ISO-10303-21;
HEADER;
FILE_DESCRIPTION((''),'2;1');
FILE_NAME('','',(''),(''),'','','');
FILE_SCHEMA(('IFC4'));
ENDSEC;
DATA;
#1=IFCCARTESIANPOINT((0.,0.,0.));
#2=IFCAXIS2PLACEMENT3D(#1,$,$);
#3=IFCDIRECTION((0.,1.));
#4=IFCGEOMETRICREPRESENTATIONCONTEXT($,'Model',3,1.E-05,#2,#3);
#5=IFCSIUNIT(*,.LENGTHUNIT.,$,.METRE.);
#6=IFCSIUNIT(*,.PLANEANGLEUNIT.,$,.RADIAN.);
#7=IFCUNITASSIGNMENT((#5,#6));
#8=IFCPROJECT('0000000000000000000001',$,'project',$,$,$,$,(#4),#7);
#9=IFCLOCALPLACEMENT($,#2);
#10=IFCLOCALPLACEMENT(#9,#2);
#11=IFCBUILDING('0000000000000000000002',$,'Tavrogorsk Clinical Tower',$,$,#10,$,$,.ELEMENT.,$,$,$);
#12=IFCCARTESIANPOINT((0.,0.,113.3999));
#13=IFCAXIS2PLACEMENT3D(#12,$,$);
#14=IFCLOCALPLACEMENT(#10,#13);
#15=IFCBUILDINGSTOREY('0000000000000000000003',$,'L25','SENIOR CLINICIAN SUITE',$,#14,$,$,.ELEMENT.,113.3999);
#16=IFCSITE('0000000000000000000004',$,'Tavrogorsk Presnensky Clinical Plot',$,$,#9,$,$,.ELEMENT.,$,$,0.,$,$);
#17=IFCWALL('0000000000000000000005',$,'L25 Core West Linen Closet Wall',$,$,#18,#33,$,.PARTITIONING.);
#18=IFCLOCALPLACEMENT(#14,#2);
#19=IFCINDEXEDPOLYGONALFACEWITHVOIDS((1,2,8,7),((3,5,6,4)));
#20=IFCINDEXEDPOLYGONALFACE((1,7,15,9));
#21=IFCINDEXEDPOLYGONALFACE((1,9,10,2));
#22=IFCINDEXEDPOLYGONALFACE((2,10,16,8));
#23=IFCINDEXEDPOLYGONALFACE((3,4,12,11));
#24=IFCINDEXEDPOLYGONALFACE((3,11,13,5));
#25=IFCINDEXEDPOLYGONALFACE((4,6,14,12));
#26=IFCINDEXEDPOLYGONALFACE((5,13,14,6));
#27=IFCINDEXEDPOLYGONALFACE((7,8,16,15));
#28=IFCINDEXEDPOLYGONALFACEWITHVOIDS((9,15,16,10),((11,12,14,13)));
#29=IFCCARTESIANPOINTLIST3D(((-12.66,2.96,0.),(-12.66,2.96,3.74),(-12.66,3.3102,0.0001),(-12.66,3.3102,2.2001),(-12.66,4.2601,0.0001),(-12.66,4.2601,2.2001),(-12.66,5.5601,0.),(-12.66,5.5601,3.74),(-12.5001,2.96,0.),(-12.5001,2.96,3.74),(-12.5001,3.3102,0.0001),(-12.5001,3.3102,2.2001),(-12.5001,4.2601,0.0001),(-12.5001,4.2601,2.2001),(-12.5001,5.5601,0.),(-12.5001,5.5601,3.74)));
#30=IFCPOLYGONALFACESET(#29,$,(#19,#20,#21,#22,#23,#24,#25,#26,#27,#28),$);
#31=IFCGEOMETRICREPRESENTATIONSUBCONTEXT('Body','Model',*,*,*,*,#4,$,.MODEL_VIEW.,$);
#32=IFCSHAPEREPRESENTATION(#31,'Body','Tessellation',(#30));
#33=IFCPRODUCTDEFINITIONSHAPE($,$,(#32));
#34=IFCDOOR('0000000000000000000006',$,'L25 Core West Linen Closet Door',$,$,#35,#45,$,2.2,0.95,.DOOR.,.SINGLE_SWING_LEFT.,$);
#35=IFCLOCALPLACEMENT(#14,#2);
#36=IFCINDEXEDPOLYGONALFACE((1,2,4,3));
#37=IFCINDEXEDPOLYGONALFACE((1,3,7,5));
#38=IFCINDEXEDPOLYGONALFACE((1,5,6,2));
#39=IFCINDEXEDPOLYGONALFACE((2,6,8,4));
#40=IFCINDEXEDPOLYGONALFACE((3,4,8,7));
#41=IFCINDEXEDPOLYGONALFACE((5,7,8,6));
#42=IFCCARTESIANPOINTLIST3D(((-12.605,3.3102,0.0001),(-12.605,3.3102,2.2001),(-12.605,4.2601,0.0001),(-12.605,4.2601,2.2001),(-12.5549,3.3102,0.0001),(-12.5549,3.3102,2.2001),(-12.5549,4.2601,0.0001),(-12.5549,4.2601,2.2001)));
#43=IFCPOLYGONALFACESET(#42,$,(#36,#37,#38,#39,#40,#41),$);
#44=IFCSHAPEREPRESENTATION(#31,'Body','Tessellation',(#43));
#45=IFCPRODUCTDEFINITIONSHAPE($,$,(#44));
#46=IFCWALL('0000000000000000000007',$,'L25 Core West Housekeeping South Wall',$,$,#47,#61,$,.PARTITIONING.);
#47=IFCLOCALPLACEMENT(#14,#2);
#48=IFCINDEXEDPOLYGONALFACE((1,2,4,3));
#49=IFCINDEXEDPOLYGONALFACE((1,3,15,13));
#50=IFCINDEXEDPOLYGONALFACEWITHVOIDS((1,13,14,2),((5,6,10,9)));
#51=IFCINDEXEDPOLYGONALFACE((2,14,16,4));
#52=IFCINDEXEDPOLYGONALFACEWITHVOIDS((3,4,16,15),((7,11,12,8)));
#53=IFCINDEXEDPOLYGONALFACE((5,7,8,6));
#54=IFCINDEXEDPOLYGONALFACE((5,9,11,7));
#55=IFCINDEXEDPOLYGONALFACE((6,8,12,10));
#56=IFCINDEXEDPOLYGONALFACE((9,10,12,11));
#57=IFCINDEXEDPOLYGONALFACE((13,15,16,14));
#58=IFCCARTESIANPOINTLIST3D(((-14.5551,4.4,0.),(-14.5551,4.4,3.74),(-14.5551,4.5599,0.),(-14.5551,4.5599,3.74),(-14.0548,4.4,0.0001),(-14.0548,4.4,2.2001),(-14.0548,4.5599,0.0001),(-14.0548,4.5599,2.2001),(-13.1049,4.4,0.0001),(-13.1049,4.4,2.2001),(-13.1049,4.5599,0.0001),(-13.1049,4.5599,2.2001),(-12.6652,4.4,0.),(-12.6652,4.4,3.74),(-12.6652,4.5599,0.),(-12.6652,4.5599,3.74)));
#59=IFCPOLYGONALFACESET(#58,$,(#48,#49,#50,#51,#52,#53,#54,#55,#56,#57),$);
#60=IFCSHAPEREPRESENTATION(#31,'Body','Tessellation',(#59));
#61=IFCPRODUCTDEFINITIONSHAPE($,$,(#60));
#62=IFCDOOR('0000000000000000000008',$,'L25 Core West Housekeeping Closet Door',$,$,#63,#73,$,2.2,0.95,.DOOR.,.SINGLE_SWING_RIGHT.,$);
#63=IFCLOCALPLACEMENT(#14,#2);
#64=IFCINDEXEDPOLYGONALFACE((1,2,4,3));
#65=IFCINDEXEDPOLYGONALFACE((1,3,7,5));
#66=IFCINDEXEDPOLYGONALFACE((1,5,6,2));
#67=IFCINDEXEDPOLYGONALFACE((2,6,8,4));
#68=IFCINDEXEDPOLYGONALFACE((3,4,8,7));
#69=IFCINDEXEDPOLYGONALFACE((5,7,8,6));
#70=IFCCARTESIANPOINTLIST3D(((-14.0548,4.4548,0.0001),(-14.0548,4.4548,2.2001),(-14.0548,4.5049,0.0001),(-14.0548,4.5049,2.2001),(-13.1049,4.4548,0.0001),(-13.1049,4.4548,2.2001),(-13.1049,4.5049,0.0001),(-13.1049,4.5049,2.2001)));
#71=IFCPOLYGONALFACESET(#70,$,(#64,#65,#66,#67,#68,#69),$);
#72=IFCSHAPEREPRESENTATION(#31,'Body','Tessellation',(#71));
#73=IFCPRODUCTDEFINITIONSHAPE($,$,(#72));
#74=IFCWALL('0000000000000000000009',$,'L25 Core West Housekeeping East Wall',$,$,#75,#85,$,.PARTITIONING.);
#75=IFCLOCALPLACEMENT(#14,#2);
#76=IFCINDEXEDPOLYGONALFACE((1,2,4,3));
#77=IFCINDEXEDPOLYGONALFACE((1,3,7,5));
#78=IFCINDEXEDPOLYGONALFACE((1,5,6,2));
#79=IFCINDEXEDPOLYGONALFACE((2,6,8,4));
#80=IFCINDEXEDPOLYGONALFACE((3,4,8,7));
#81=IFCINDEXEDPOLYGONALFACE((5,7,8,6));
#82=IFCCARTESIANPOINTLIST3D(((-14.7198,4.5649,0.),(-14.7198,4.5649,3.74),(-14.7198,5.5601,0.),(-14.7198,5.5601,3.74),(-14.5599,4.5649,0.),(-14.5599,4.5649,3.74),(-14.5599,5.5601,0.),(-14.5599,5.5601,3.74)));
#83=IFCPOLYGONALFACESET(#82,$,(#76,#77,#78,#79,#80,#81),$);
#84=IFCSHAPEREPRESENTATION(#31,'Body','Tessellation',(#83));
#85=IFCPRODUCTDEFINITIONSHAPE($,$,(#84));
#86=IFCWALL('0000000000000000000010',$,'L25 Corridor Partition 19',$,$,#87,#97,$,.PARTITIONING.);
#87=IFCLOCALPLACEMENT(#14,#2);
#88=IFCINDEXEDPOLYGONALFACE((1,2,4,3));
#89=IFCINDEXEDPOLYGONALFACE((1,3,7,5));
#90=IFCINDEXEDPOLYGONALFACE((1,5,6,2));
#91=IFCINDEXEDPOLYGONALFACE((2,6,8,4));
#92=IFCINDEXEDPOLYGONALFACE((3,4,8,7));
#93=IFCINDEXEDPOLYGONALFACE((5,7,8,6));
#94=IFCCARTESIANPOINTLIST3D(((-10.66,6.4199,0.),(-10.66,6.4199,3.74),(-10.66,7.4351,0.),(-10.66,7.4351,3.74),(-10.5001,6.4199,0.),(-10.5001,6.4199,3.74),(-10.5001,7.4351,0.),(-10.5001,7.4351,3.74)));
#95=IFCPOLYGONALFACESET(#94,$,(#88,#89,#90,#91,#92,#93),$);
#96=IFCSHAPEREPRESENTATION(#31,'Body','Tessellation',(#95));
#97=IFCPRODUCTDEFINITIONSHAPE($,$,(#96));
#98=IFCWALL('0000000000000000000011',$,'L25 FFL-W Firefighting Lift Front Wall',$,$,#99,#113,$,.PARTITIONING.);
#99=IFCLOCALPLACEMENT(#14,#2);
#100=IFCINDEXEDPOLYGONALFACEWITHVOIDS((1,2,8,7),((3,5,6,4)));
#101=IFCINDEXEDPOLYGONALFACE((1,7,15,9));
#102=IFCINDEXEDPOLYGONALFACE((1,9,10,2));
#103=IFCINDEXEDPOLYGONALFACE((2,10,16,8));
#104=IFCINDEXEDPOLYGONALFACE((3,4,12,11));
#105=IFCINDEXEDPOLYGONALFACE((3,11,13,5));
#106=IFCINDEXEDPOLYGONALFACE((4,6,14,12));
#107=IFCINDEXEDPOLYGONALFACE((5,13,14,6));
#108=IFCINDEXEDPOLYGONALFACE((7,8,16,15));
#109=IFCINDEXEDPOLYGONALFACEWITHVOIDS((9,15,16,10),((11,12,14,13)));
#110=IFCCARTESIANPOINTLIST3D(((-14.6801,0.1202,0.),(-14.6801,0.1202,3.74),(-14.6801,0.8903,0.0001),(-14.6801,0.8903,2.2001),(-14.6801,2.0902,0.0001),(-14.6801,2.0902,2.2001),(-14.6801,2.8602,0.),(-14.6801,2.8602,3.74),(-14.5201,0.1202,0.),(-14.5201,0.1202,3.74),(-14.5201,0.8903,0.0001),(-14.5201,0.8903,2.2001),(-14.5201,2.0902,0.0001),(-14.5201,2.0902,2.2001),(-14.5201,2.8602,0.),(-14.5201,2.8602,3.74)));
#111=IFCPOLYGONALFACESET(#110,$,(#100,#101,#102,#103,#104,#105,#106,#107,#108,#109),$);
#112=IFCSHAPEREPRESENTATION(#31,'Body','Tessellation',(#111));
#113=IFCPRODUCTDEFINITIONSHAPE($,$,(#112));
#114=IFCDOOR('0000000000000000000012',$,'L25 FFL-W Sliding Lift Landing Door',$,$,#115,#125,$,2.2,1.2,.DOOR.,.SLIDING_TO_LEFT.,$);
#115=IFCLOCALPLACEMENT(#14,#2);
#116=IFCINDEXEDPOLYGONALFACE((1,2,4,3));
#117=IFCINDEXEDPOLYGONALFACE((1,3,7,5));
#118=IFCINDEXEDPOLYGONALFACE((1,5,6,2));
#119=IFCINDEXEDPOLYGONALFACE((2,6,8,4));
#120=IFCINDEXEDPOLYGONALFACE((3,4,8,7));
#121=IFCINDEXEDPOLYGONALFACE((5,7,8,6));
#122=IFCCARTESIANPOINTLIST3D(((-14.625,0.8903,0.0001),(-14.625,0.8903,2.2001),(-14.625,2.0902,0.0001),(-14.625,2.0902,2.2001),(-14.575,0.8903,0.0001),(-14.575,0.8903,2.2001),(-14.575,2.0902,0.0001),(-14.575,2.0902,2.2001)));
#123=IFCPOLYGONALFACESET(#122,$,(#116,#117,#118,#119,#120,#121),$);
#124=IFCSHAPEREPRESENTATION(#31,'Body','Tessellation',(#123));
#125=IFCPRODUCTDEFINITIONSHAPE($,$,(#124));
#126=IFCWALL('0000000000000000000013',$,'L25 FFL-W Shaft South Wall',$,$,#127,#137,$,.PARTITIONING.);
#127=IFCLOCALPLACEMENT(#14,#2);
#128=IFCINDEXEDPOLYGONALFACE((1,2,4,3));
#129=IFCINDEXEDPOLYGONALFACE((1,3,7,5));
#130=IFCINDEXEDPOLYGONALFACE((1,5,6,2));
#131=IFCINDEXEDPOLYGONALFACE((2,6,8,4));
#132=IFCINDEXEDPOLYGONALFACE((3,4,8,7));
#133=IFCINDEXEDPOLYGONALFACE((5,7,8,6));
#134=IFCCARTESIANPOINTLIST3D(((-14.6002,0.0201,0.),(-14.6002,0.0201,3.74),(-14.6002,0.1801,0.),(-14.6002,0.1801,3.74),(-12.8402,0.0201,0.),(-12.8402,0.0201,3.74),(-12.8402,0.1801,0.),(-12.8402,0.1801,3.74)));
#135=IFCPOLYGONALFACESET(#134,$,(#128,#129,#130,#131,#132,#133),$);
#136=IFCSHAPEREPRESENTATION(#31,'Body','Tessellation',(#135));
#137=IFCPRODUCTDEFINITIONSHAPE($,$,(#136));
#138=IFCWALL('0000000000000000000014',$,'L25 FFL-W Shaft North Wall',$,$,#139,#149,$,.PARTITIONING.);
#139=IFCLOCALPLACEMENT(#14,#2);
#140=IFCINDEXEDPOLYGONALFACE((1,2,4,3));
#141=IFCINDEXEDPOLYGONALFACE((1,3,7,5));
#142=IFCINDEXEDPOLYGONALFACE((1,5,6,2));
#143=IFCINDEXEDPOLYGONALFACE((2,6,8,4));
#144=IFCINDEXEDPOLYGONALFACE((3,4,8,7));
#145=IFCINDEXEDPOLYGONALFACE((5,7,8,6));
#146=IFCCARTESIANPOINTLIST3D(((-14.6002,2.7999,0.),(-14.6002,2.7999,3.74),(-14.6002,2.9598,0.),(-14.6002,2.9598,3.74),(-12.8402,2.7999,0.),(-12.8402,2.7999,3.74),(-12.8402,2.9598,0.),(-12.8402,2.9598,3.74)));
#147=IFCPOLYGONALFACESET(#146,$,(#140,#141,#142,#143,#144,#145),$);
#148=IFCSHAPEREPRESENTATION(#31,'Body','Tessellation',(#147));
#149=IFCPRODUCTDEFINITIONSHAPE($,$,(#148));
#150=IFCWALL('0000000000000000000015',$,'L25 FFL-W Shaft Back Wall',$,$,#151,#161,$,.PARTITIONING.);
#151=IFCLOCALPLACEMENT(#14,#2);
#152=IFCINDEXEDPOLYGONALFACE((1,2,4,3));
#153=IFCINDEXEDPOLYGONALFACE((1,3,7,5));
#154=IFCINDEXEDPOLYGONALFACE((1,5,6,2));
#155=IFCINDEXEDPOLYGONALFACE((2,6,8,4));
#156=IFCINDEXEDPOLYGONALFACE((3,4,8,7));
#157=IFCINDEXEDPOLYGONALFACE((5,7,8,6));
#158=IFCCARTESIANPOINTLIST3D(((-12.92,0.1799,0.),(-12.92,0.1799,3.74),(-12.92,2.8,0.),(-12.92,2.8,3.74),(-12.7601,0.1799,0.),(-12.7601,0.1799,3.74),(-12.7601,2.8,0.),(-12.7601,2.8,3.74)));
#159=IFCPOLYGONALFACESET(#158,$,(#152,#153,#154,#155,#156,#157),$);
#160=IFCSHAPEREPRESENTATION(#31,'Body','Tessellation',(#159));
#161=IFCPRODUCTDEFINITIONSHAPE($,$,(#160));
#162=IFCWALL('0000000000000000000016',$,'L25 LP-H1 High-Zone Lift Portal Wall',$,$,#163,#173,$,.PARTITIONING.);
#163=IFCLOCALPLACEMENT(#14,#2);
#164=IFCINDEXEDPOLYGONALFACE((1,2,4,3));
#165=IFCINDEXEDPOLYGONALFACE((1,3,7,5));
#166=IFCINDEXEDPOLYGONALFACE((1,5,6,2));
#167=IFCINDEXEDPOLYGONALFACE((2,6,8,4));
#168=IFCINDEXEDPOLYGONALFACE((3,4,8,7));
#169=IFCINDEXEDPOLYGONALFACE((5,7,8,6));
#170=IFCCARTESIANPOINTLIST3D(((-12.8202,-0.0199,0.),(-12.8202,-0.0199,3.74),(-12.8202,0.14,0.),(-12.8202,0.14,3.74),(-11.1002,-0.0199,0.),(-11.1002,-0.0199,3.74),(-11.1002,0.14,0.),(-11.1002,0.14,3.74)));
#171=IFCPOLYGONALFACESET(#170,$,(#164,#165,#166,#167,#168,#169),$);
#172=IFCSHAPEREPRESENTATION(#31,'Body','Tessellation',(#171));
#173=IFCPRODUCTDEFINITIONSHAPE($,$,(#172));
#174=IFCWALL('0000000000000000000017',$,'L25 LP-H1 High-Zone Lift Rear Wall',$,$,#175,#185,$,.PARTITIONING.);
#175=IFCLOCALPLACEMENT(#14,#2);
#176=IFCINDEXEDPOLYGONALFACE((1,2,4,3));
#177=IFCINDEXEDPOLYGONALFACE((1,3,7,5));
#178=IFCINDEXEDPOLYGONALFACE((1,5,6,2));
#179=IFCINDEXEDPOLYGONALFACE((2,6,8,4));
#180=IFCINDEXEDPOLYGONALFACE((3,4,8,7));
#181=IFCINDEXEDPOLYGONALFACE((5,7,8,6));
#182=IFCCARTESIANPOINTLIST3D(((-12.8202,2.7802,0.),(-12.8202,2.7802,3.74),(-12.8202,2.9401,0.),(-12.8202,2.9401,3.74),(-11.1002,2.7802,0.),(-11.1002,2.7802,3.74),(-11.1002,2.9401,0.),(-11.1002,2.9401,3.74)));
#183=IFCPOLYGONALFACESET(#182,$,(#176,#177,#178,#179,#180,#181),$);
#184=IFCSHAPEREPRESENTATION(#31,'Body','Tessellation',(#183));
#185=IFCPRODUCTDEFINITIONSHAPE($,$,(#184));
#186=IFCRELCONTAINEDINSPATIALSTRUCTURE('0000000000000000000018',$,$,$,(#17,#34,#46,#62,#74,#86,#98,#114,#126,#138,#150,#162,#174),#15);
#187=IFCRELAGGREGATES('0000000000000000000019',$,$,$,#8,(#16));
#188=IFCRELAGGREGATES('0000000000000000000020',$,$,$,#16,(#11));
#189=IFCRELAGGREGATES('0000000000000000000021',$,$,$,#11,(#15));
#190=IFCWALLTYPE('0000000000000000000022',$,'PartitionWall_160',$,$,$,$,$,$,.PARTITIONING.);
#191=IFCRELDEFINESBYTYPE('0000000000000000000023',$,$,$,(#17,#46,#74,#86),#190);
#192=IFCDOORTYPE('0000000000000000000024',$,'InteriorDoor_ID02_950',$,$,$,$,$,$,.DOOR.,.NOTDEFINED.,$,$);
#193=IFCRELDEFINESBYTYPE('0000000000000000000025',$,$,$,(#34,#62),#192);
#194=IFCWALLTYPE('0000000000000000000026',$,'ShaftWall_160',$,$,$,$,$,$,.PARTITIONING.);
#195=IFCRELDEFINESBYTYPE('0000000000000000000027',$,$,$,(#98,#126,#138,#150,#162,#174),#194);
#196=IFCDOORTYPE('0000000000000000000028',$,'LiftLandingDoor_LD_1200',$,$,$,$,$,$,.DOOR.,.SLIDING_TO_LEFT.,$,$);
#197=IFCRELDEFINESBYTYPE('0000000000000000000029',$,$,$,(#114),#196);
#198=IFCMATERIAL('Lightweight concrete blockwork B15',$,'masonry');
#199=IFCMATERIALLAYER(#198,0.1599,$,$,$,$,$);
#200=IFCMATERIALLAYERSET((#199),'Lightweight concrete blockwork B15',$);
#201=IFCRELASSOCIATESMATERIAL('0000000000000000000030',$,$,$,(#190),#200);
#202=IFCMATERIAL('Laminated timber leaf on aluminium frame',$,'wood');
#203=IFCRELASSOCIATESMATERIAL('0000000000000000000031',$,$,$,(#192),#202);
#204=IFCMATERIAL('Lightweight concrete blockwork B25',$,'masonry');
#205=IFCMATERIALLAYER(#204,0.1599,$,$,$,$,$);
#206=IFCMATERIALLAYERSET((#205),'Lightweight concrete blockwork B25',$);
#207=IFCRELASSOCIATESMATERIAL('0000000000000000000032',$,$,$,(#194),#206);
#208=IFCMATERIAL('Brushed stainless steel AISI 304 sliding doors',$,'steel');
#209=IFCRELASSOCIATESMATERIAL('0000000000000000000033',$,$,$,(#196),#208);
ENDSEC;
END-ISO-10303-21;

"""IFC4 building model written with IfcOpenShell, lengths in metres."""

from ifc_helpers import new_model, si_unit, direction, frame, frame_2d, origin, place, context, subcontext, project, spatial, rectangle, extrude, material, layer, layer_set, type_object, element, fill, save


model = new_model("IFC4")

# Units and contexts
model_context = context("Model", 3, precision=1e-05, world=origin(), true_north=direction((0.0, 1.0)))
body_context = subcontext(model_context, "Body", "Model", "MODEL_VIEW")
ifc_project = project(units=[si_unit("LENGTHUNIT", "METRE"), si_unit("PLANEANGLEUNIT", "RADIAN")], contexts=[model_context])

# Site, building, storey
site_placement = place(None, origin())
site = spatial("IfcSite", under=ifc_project, at=site_placement, Name="Tavrogorsk Presnensky Clinical Plot", CompositionType="ELEMENT", RefElevation=0.0)
building_placement = place(site_placement, origin())
building = spatial("IfcBuilding", under=site, at=building_placement, Name="Tavrogorsk Clinical Tower", CompositionType="ELEMENT")
storey_placement = place(building_placement, frame((0.0, 0.0, 113.3999)))
storey = spatial("IfcBuildingStorey", under=building, at=storey_placement, Name="L25", Description="SENIOR CLINICIAN SUITE", CompositionType="ELEMENT", Elevation=113.3999)

# Walls, openings, doors
ifc_material_1 = material(Name="Lightweight concrete blockwork B15", Category="masonry")
ifc_layer_1 = layer(ifc_material_1, 0.1599)
ifc_layer_set_1 = layer_set([ifc_layer_1], Name="Lightweight concrete blockwork B15")
wall_type_1 = type_object("IfcWallType", Name="PartitionWall_160", PredefinedType="PARTITIONING", material=ifc_layer_set_1)
wall_1_placement = place(storey_placement, frame((-12.5801, 2.96, 0.0), z_axis=(0.0, 0.0, 1.0), x_axis=(0.0, 1.0, 0.0)))
wall_1 = element("IfcWall", 1, at=wall_1_placement, inside=storey, type_object=wall_type_1, Name="L25 Core West Linen Closet Wall", PredefinedType="PARTITIONING", context=body_context, shape_type="SweptSolid", body=[
    extrude(rectangle(XDim=2.6001, YDim=0.1599, at=frame_2d((1.3, 0.0))), origin(), (0.0, 0.0, 1.0), 3.74),
])
opening_1_placement = place(wall_1_placement, frame((0.3501, 0.0, 0.0)))
opening_1 = element("IfcOpeningElement", 2, at=opening_1_placement, cuts=wall_1, PredefinedType="OPENING", context=body_context, shape_type="SweptSolid", body=[
    extrude(rectangle(XDim=0.95, YDim=2.2, at=frame_2d((0.4751, 1.1001))), frame((0.0, 0.0898, 0.0), z_axis=(0.0, -1.0, 0.0), x_axis=(1.0, 0.0, 0.0)), (0.0, 0.0, 1.0), 0.1799),
])
ifc_material_2 = material(Name="Laminated timber leaf on aluminium frame", Category="wood")
door_type_1 = type_object("IfcDoorType", Name="InteriorDoor_ID02_950", OperationType="NOTDEFINED", PredefinedType="DOOR", material=ifc_material_2)
door_1_placement = place(opening_1_placement, origin())
door_1 = element("IfcDoor", 3, at=door_1_placement, inside=storey, type_object=door_type_1, Name="L25 Core West Linen Closet Door", OperationType="SINGLE_SWING_LEFT", OverallHeight=2.2, OverallWidth=0.95, PredefinedType="DOOR", context=body_context, shape_type="SweptSolid", body=[
    extrude(rectangle(XDim=0.95, YDim=2.2, at=frame_2d((0.4751, 1.1001))), frame((0.0, 0.0249, 0.0), z_axis=(0.0, -1.0, 0.0), x_axis=(1.0, 0.0, 0.0)), (0.0, 0.0, 1.0), 0.05),
])
fill(opening_1, door_1)
wall_2_placement = place(storey_placement, frame((-14.5549, 4.48, 0.0), z_axis=(0.0, 0.0, 1.0), x_axis=(1.0, 0.0, 0.0)))
wall_2 = element("IfcWall", 4, at=wall_2_placement, inside=storey, type_object=wall_type_1, Name="L25 Core West Housekeeping South Wall", PredefinedType="PARTITIONING", context=body_context, shape_type="SweptSolid", body=[
    extrude(rectangle(XDim=1.8899, YDim=0.1599, at=frame_2d((0.9448, 0.0))), origin(), (0.0, 0.0, 1.0), 3.74),
])
opening_2_placement = place(wall_2_placement, frame((0.5, 0.0, 0.0)))
opening_2 = element("IfcOpeningElement", 5, at=opening_2_placement, cuts=wall_2, PredefinedType="OPENING", context=body_context, shape_type="SweptSolid", body=[
    extrude(rectangle(XDim=0.95, YDim=2.2, at=frame_2d((0.4751, 1.1001))), frame((0.0, 0.0898, 0.0), z_axis=(0.0, -1.0, 0.0), x_axis=(1.0, 0.0, 0.0)), (0.0, 0.0, 1.0), 0.1799),
])
door_2_placement = place(opening_2_placement, origin())
door_2 = element("IfcDoor", 6, at=door_2_placement, inside=storey, type_object=door_type_1, Name="L25 Core West Housekeeping Closet Door", OperationType="SINGLE_SWING_RIGHT", OverallHeight=2.2, OverallWidth=0.95, PredefinedType="DOOR", context=body_context, shape_type="SweptSolid", body=[
    extrude(rectangle(XDim=0.95, YDim=2.2, at=frame_2d((0.4751, 1.1001))), frame((0.0, 0.0249, 0.0), z_axis=(0.0, -1.0, 0.0), x_axis=(1.0, 0.0, 0.0)), (0.0, 0.0, 1.0), 0.05),
])
fill(opening_2, door_2)

# Walls
wall_3_placement = place(storey_placement, frame((-14.6399, 4.5649, 0.0), z_axis=(0.0, 0.0, 1.0), x_axis=(0.0, 1.0, 0.0)))
element("IfcWall", 7, at=wall_3_placement, inside=storey, type_object=wall_type_1, Name="L25 Core West Housekeeping East Wall", PredefinedType="PARTITIONING", context=body_context, shape_type="SweptSolid", body=[
    extrude(rectangle(XDim=0.9951, YDim=0.1599, at=frame_2d((0.4976, 0.0))), origin(), (0.0, 0.0, 1.0), 3.74),
])
wall_4_placement = place(storey_placement, frame((-10.5801, 6.4199, 0.0), z_axis=(0.0, 0.0, 1.0), x_axis=(0.0, 1.0, 0.0)))
element("IfcWall", 8, at=wall_4_placement, inside=storey, type_object=wall_type_1, Name="L25 Corridor Partition 19", PredefinedType="PARTITIONING", context=body_context, shape_type="SweptSolid", body=[
    extrude(rectangle(XDim=1.0151, YDim=0.1599, at=frame_2d((0.5076, 0.0))), origin(), (0.0, 0.0, 1.0), 3.74),
])

# Wall, opening, door
ifc_material_3 = material(Name="Lightweight concrete blockwork B25", Category="masonry")
ifc_layer_2 = layer(ifc_material_3, 0.1599)
ifc_layer_set_2 = layer_set([ifc_layer_2], Name="Lightweight concrete blockwork B25")
wall_type_2 = type_object("IfcWallType", Name="ShaftWall_160", PredefinedType="PARTITIONING", material=ifc_layer_set_2)
wall_5_placement = place(storey_placement, frame((-14.6001, 0.1201, 0.0), z_axis=(0.0, 0.0, 1.0), x_axis=(0.0, 1.0, 0.0)))
wall_5 = element("IfcWall", 9, at=wall_5_placement, inside=storey, type_object=wall_type_2, Name="L25 FFL-W Firefighting Lift Front Wall", PredefinedType="PARTITIONING", context=body_context, shape_type="SweptSolid", body=[
    extrude(rectangle(XDim=2.74, YDim=0.1599, at=frame_2d((1.3701, 0.0))), origin(), (0.0, 0.0, 1.0), 3.74),
])
opening_3_placement = place(wall_5_placement, frame((0.77, 0.0, 0.0)))
opening_3 = element("IfcOpeningElement", 10, at=opening_3_placement, cuts=wall_5, PredefinedType="OPENING", context=body_context, shape_type="SweptSolid", body=[
    extrude(rectangle(XDim=1.2, YDim=2.2, at=frame_2d((0.6001, 1.1001))), frame((0.0, 0.0898, 0.0), z_axis=(0.0, -1.0, 0.0), x_axis=(1.0, 0.0, 0.0)), (0.0, 0.0, 1.0), 0.1799),
])
ifc_material_4 = material(Name="Brushed stainless steel AISI 304 sliding doors", Category="steel")
door_type_2 = type_object("IfcDoorType", Name="LiftLandingDoor_LD_1200", OperationType="SLIDING_TO_LEFT", PredefinedType="DOOR", material=ifc_material_4)
door_3_placement = place(opening_3_placement, origin())
door_3 = element("IfcDoor", 11, at=door_3_placement, inside=storey, type_object=door_type_2, Name="L25 FFL-W Sliding Lift Landing Door", OperationType="SLIDING_TO_LEFT", OverallHeight=2.2, OverallWidth=1.2, PredefinedType="DOOR", context=body_context, shape_type="SweptSolid", body=[
    extrude(rectangle(XDim=1.2, YDim=2.2, at=frame_2d((0.6001, 1.1001))), frame((0.0, 0.0249, 0.0), z_axis=(0.0, -1.0, 0.0), x_axis=(1.0, 0.0, 0.0)), (0.0, 0.0, 1.0), 0.05),
])
fill(opening_3, door_3)

# Walls
for number, where, z_axis, x_axis, name in (
    (12, (-14.6001, 0.1001, 0.0), (0.0, 0.0, 1.0), (1.0, 0.0, 0.0), "L25 FFL-W Shaft South Wall"),
    (13, (-14.6001, 2.8799, 0.0), (0.0, 0.0, 1.0), (1.0, 0.0, 0.0), "L25 FFL-W Shaft North Wall"),
):
    element("IfcWall", number, at=place(storey_placement, frame(where, z_axis=z_axis, x_axis=x_axis)), inside=storey, type_object=wall_type_2, Name=name, PredefinedType="PARTITIONING", context=body_context, shape_type="SweptSolid", body=[
        extrude(rectangle(XDim=1.76, YDim=0.1599, at=frame_2d((0.8799, 0.0))), origin(), (0.0, 0.0, 1.0), 3.74),
    ])
wall_6_placement = place(storey_placement, frame((-12.8401, 0.1799, 0.0), z_axis=(0.0, 0.0, 1.0), x_axis=(0.0, 1.0, 0.0)))
element("IfcWall", 14, at=wall_6_placement, inside=storey, type_object=wall_type_2, Name="L25 FFL-W Shaft Back Wall", PredefinedType="PARTITIONING", context=body_context, shape_type="SweptSolid", body=[
    extrude(rectangle(XDim=2.6201, YDim=0.1599, at=frame_2d((1.3101, 0.0))), origin(), (0.0, 0.0, 1.0), 3.74),
])
for number, where, z_axis, x_axis, name in (
    (15, (-12.8201, 0.0601, 0.0), (0.0, 0.0, 1.0), (1.0, 0.0, 0.0), "L25 LP-H1 High-Zone Lift Portal Wall"),
    (16, (-12.8201, 2.8601, 0.0), (0.0, 0.0, 1.0), (1.0, 0.0, 0.0), "L25 LP-H1 High-Zone Lift Rear Wall"),
):
    element("IfcWall", number, at=place(storey_placement, frame(where, z_axis=z_axis, x_axis=x_axis)), inside=storey, type_object=wall_type_2, Name=name, PredefinedType="PARTITIONING", context=body_context, shape_type="SweptSolid", body=[
        extrude(rectangle(XDim=1.72, YDim=0.1599, at=frame_2d((0.8599, 0.0))), origin(), (0.0, 0.0, 1.0), 3.74),
    ])

save(model, "model.ifc")
